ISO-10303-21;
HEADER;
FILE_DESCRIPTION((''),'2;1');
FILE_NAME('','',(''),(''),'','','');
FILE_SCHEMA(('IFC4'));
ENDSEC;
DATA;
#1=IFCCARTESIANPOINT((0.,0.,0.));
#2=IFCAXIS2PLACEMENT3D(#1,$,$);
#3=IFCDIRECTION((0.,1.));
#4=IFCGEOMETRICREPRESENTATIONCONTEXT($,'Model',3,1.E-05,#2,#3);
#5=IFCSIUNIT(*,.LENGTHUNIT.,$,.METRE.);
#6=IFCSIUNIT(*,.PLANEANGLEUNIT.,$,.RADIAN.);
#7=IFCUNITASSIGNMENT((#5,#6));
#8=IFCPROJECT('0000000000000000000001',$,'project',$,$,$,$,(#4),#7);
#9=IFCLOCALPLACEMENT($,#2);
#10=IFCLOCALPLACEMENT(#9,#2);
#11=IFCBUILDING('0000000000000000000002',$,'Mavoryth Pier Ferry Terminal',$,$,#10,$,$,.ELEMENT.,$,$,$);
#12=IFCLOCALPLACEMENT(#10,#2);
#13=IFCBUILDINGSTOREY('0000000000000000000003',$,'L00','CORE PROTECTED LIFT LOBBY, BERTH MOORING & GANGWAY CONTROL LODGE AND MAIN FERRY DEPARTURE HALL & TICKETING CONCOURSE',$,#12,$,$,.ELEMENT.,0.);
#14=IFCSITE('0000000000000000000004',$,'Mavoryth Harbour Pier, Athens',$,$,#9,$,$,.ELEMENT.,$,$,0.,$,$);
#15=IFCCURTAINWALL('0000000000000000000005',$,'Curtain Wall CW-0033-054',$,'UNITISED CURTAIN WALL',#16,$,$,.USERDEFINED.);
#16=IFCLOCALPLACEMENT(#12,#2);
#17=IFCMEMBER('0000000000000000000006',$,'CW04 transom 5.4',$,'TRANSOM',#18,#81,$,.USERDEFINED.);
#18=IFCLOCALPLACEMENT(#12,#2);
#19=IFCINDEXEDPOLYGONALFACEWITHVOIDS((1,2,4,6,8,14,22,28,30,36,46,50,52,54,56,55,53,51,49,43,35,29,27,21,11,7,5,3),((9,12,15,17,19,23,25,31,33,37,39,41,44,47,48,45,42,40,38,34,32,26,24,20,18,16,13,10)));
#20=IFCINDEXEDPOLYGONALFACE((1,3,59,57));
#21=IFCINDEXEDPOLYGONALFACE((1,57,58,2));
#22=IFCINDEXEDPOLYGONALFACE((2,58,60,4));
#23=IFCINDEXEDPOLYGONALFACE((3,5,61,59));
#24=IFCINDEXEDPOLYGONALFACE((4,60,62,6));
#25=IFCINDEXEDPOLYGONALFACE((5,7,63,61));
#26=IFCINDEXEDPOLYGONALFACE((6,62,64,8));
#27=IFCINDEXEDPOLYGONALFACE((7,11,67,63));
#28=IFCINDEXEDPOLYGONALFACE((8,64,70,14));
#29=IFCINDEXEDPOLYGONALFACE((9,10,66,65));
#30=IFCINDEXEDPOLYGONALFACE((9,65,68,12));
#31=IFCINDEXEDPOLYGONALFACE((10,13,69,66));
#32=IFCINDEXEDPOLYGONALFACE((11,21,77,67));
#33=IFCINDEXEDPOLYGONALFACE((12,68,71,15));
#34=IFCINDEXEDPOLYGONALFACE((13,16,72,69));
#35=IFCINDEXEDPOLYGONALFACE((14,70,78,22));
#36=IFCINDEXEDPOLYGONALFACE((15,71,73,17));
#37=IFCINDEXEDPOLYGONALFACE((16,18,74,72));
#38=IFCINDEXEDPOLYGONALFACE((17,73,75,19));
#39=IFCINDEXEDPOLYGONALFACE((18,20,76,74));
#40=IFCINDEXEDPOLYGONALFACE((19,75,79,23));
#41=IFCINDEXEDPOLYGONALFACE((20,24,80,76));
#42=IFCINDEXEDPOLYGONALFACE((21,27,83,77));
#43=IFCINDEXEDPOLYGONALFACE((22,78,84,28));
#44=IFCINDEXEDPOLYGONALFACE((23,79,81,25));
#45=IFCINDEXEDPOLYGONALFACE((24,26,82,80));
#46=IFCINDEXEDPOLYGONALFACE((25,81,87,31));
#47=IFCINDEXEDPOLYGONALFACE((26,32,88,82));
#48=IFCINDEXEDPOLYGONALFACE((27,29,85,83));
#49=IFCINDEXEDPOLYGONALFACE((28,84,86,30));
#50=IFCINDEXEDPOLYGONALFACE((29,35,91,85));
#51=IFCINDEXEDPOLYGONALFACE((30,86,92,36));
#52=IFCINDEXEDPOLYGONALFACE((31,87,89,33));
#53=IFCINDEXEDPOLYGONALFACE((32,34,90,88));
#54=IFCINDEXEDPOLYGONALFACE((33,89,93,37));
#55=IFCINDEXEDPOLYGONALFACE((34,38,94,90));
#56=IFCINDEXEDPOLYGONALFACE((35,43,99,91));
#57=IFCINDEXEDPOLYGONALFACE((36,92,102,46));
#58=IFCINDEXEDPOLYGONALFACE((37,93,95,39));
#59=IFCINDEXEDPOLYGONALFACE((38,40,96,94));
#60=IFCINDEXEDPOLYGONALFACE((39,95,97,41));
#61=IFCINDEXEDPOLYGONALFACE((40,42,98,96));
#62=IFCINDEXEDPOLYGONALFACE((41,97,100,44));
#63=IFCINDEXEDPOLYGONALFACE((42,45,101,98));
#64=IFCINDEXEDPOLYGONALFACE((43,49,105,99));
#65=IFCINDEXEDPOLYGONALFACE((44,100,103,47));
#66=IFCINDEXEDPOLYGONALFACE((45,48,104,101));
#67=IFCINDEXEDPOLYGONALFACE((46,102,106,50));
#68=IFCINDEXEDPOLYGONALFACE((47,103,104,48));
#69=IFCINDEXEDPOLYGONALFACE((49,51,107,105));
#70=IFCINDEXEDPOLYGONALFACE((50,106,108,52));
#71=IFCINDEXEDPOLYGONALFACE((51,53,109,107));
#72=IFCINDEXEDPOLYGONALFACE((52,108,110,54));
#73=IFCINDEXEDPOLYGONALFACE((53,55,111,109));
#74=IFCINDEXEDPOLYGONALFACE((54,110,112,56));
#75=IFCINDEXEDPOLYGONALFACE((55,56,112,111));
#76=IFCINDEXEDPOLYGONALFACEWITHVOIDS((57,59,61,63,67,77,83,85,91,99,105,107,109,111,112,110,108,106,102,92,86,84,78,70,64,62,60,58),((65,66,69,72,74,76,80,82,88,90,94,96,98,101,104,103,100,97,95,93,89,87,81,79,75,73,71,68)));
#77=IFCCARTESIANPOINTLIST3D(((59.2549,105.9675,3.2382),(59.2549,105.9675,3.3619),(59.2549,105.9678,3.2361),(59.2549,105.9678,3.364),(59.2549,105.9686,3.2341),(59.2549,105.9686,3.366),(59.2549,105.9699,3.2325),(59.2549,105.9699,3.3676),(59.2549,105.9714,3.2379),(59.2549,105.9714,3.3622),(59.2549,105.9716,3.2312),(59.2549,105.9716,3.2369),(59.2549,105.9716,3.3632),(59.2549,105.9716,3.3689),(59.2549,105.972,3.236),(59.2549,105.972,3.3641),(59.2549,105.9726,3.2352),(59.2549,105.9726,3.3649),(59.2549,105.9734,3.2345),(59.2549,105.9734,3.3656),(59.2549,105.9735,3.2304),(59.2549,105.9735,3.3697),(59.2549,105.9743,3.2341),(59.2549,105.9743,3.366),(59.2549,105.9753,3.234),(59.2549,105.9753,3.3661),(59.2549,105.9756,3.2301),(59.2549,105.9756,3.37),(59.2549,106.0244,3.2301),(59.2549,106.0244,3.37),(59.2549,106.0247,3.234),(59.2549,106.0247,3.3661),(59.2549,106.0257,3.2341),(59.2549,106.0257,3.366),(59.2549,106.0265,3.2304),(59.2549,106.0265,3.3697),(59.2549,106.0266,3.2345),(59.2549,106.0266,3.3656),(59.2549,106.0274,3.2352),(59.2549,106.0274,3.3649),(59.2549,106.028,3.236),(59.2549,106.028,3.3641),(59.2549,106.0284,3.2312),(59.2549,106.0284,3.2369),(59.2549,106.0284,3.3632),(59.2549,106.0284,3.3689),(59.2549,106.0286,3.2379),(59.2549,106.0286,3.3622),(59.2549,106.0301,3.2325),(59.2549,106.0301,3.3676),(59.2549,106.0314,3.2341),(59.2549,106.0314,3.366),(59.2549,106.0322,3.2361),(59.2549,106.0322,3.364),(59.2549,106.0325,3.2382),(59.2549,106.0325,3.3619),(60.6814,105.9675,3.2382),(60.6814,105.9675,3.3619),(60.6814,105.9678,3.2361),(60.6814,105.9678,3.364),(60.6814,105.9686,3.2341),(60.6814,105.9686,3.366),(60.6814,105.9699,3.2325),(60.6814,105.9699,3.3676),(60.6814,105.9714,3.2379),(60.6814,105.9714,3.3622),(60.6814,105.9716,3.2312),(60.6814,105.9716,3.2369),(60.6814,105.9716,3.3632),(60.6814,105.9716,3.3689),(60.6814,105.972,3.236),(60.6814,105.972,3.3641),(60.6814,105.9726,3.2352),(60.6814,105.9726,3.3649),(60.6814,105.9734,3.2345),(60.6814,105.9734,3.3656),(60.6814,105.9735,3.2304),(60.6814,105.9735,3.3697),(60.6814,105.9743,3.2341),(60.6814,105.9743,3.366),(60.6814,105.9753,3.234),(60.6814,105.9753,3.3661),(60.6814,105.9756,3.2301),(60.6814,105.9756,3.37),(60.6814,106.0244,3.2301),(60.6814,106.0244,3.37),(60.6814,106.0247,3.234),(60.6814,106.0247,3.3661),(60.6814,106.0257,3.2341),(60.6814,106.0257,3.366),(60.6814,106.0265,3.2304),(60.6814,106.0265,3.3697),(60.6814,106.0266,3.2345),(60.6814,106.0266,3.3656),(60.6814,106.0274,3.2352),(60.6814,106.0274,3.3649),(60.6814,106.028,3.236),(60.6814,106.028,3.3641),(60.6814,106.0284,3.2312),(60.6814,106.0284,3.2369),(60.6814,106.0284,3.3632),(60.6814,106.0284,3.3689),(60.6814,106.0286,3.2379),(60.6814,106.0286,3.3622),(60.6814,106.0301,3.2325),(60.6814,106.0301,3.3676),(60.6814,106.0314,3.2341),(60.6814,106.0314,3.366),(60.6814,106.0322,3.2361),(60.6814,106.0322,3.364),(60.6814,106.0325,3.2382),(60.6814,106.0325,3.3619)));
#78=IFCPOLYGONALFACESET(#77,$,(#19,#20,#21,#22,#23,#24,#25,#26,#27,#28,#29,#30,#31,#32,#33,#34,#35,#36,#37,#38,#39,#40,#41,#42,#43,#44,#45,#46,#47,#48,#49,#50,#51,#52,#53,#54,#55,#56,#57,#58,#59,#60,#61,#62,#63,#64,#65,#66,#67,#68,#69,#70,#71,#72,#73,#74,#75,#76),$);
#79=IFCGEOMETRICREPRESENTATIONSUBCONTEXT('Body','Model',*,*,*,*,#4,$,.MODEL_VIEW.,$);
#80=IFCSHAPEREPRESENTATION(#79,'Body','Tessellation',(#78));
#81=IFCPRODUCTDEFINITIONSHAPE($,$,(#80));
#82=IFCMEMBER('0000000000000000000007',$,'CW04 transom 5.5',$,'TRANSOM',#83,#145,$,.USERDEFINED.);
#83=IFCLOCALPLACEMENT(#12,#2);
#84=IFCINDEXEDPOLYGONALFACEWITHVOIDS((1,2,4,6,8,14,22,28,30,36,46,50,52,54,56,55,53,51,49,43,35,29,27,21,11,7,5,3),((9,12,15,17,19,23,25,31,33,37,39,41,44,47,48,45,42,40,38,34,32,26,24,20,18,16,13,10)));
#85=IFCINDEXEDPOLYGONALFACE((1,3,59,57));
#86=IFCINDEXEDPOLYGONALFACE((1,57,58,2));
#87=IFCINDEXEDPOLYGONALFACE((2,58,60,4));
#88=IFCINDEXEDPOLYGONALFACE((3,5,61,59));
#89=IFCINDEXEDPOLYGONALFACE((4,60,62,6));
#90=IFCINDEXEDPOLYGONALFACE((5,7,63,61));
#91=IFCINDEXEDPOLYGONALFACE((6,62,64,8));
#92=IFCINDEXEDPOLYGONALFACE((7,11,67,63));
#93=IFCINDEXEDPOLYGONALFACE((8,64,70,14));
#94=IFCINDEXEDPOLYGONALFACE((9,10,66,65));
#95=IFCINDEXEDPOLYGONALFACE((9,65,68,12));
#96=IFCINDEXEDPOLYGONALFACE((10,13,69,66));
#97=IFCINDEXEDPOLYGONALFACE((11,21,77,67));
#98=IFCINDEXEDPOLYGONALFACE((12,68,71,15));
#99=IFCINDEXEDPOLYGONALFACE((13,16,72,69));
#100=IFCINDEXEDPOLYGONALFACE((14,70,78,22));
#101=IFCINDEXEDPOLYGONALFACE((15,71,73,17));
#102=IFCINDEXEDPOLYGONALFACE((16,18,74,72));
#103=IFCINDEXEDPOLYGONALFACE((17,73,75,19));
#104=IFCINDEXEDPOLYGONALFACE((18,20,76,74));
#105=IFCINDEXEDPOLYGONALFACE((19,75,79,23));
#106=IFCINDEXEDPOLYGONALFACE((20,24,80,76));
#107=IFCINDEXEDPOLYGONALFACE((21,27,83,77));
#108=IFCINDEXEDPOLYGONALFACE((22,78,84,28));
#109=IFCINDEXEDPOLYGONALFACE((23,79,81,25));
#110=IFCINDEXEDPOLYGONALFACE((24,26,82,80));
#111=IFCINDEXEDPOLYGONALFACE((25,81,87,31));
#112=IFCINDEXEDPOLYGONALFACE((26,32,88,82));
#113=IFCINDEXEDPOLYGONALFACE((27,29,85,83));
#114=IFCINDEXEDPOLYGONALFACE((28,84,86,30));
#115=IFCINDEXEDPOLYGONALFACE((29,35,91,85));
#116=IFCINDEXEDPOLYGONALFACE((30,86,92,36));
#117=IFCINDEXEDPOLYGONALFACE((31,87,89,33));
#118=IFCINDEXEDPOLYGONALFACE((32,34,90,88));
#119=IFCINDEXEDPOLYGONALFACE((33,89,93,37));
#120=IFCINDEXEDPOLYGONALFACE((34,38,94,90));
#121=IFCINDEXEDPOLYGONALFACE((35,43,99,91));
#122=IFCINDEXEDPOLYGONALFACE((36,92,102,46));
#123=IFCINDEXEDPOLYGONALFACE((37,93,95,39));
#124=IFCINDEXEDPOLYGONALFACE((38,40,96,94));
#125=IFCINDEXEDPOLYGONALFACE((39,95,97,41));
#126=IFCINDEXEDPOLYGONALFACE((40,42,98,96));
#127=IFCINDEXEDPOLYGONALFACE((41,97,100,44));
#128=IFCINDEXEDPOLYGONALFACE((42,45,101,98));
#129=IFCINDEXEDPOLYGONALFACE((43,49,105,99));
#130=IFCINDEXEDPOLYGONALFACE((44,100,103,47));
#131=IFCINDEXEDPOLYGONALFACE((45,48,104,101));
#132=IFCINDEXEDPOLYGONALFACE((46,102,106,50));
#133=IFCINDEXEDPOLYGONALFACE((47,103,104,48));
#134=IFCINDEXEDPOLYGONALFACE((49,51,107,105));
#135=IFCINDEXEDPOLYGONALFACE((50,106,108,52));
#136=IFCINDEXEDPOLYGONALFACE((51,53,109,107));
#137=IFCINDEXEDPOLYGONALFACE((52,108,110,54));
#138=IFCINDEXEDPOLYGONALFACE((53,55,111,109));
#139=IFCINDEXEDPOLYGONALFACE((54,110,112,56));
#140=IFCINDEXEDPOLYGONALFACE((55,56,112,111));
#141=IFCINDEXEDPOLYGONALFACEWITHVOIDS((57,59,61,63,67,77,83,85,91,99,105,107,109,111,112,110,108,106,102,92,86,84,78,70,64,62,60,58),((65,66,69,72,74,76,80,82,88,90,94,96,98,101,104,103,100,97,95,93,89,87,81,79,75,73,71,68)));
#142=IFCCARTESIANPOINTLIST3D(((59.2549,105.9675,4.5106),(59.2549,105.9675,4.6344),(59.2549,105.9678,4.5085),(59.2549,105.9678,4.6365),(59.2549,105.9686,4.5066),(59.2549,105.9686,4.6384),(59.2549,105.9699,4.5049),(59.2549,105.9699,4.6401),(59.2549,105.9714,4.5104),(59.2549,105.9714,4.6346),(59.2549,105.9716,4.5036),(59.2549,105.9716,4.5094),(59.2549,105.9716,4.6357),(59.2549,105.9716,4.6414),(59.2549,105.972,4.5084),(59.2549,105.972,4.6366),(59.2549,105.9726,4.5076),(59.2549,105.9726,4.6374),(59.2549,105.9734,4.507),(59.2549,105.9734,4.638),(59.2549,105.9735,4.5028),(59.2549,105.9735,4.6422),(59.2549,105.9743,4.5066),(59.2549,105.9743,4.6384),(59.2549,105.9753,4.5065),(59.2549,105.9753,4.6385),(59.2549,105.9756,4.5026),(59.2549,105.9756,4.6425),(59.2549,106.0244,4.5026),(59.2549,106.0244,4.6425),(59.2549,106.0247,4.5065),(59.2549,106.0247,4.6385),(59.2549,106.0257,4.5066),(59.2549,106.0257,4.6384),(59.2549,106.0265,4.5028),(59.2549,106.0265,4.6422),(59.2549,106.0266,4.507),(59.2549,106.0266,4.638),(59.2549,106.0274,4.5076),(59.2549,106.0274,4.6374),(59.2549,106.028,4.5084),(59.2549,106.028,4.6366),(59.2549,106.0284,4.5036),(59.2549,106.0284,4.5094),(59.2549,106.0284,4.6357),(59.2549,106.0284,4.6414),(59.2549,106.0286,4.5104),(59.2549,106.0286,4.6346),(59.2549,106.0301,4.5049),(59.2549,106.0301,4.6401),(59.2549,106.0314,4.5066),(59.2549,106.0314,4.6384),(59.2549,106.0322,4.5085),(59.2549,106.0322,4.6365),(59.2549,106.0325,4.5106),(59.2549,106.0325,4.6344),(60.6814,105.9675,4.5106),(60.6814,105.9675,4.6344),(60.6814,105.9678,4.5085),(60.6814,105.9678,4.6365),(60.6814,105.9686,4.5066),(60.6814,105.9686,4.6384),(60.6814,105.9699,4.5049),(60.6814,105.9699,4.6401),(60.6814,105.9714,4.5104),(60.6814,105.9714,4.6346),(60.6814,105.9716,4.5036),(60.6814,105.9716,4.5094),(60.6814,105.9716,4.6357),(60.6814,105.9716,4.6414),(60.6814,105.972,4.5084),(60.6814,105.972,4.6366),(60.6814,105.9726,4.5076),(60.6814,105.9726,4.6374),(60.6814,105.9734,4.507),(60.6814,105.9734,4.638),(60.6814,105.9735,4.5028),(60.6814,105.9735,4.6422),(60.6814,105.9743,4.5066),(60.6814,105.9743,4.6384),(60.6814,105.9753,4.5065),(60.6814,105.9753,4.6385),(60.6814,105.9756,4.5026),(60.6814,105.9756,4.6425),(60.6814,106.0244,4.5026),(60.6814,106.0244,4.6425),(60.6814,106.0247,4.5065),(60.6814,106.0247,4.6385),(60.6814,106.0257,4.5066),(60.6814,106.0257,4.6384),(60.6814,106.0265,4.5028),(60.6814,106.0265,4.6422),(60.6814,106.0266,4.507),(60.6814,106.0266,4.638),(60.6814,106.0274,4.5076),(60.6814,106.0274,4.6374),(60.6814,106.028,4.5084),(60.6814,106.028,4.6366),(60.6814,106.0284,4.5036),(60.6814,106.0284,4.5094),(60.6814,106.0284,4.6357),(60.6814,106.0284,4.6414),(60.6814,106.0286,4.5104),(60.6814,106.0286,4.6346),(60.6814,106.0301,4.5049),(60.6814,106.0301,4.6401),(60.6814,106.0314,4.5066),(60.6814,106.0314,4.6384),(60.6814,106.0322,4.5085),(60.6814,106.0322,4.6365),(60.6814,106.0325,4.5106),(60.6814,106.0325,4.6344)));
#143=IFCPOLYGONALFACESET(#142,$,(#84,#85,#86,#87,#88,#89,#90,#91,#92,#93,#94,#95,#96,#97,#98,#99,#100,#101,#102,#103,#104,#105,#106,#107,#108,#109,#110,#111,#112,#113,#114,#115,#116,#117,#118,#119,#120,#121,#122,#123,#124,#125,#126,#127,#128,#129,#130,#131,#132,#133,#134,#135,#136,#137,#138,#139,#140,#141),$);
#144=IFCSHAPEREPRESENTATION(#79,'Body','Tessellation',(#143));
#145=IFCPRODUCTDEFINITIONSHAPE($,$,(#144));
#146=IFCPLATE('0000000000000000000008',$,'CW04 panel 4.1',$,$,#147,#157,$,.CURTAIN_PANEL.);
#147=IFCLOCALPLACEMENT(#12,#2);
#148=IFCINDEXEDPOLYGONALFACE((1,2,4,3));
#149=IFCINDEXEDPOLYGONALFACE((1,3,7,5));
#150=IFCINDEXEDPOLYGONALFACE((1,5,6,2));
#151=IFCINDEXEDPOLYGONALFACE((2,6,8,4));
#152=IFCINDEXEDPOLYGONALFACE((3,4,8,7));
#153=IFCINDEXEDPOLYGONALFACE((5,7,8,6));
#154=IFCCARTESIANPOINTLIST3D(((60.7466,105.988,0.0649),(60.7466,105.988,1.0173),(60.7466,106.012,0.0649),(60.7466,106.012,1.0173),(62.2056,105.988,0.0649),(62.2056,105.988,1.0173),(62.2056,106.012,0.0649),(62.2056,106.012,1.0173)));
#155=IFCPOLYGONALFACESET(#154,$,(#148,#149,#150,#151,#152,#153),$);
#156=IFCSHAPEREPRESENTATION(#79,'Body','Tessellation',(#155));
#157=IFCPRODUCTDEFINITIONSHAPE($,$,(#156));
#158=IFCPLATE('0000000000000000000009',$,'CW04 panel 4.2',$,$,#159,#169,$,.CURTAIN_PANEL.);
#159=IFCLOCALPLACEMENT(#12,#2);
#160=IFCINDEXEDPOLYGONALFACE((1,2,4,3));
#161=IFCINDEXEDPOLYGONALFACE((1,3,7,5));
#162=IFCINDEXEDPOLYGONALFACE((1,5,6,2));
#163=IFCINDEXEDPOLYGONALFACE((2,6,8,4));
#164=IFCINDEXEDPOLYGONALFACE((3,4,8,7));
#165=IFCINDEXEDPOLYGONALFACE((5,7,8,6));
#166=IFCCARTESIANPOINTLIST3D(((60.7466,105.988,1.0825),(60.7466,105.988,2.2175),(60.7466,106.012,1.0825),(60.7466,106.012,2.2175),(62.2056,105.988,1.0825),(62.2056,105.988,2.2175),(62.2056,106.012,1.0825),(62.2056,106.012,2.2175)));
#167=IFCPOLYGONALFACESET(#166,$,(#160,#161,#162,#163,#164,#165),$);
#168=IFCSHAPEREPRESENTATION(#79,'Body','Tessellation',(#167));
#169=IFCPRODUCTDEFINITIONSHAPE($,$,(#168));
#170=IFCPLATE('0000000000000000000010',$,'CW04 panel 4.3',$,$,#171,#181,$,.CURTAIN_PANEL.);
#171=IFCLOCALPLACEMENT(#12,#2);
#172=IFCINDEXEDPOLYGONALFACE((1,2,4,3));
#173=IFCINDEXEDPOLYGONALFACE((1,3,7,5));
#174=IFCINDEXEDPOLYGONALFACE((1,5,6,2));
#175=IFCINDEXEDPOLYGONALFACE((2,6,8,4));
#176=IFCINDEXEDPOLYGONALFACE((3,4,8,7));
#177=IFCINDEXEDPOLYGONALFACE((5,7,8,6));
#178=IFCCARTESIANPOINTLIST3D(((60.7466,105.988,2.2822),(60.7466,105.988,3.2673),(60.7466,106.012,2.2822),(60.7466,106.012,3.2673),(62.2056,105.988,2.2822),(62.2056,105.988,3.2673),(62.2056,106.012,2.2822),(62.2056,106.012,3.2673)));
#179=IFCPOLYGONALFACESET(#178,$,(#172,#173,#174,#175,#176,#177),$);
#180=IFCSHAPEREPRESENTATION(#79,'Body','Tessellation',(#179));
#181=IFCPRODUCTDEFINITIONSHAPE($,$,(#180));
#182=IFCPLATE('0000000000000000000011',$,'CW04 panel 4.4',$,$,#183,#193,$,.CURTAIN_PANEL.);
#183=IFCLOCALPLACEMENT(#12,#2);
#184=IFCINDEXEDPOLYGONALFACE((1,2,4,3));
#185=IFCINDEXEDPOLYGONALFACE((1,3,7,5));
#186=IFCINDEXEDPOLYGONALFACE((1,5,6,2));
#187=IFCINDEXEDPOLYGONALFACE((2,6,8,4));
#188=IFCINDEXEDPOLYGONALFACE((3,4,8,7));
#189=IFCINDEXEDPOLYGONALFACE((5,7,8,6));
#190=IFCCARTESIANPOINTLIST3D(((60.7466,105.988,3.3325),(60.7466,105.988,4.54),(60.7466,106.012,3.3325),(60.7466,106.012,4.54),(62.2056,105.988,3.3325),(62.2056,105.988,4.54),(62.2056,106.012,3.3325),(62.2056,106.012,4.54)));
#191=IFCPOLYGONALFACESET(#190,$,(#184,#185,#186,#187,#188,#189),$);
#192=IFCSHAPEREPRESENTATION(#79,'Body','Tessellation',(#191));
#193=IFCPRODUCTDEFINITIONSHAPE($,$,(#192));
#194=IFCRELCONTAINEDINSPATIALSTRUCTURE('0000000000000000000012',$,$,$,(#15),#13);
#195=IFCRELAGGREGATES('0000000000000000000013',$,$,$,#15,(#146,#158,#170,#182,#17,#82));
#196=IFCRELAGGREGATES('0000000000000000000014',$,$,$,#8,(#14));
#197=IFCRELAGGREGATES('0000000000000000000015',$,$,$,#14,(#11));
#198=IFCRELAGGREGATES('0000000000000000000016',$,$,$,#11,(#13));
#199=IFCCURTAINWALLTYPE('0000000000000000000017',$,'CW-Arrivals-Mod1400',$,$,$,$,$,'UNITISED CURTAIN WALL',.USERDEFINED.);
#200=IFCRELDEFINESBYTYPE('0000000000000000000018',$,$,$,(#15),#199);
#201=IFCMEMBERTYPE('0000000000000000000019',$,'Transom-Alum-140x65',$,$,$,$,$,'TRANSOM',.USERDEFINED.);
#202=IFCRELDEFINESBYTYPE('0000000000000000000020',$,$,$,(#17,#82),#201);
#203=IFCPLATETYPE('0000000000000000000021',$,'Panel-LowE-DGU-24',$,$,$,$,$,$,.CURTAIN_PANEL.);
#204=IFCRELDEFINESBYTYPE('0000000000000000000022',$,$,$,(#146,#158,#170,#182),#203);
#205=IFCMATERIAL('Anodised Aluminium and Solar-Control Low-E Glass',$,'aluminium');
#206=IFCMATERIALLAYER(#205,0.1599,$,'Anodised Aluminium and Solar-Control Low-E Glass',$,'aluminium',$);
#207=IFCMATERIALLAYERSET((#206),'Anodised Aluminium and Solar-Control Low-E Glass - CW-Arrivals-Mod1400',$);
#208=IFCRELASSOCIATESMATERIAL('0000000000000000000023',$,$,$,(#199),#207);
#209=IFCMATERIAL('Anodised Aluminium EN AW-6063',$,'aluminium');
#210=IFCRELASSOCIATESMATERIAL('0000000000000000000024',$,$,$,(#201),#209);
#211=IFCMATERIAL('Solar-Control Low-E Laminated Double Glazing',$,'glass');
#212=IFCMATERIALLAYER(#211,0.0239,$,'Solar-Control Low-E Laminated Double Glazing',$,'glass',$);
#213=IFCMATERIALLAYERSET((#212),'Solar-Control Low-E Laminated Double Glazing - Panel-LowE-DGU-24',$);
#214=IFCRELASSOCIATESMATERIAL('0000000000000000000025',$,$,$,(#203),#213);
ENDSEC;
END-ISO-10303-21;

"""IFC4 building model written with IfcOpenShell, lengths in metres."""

from ifc_helpers import new_model, si_unit, direction, frame, origin, origin_2d, place, context, subcontext, project, spatial, rectangle, hollow_rectangle, extrude, material, layer, layer_set, material_profile, profile_set, type_object, element, aggregate, save


model = new_model("IFC4")

# Units and contexts
model_context = context("Model", 3, precision=1e-05, world=origin(), true_north=direction((0.0, 1.0)))
body_context = subcontext(model_context, "Body", "Model", "MODEL_VIEW")
ifc_project = project(units=[si_unit("LENGTHUNIT", "METRE"), si_unit("PLANEANGLEUNIT", "RADIAN")], contexts=[model_context])

# Site, building, storey
site_placement = place(None, origin())
site = spatial("IfcSite", under=ifc_project, at=site_placement, Name="Mavoryth Harbour Pier, Athens", CompositionType="ELEMENT", RefElevation=0.0)
building_placement = place(site_placement, origin())
building = spatial("IfcBuilding", under=site, at=building_placement, Name="Mavoryth Pier Ferry Terminal", CompositionType="ELEMENT")
storey_placement = place(building_placement, origin())
storey = spatial("IfcBuildingStorey", under=building, at=storey_placement, Name="L00", Description="CORE PROTECTED LIFT LOBBY, BERTH MOORING & GANGWAY CONTROL LODGE AND MAIN FERRY DEPARTURE HALL & TICKETING CONCOURSE", CompositionType="ELEMENT", Elevation=0.0)

# Curtain wall, members, plates
ifc_material_1 = material(Name="Anodised Aluminium and Solar-Control Low-E Glass", Category="aluminium")
ifc_layer_1 = layer(ifc_material_1, 0.1599, Name="Anodised Aluminium and Solar-Control Low-E Glass", Category="aluminium")
ifc_layer_set_1 = layer_set([ifc_layer_1], Name="Anodised Aluminium and Solar-Control Low-E Glass - CW-Arrivals-Mod1400")
curtain_wall_type = type_object("IfcCurtainWallType", Name="CW-Arrivals-Mod1400", ElementType="UNITISED CURTAIN WALL", PredefinedType="USERDEFINED", material=ifc_layer_set_1)
curtain_wall_placement = place(storey_placement, origin())
curtain_wall = element("IfcCurtainWall", 1, at=curtain_wall_placement, inside=storey, type_object=curtain_wall_type, Name="Curtain Wall CW-0033-054", ObjectType="UNITISED CURTAIN WALL", PredefinedType="USERDEFINED")
ifc_material_2 = material(Name="Anodised Aluminium EN AW-6063", Category="aluminium")
ifc_material_profile_1 = material_profile(ifc_material_2, hollow_rectangle(XDim=0.0649, YDim=0.1399, WallThickness=0.0039, InnerFilletRadius=0.0039, OuterFilletRadius=0.0081, at=origin_2d()), Name="AL-TRAN 140x65x4", Category="aluminium")
ifc_profile_set_1 = profile_set([ifc_material_profile_1], Name="Anodised Aluminium EN AW-6063 - AL-TRAN 140x65x4")
member_type_1 = type_object("IfcMemberType", Name="Transom-Alum-140x65", ElementType="TRANSOM", PredefinedType="USERDEFINED", material=ifc_profile_set_1)
member_1_placement = place(storey_placement, frame((60.6814, 106.0, 3.3), z_axis=(-1.0, 0.0, 0.0), x_axis=(0.0, -1.0, 0.0)))
member_1 = element("IfcMember", 2, at=member_1_placement, type_object=member_type_1, Name="CW04 transom 5.4", ObjectType="TRANSOM", PredefinedType="USERDEFINED", context=body_context, shape_type="SweptSolid", body=[
    extrude(hollow_rectangle(XDim=0.0649, YDim=0.1399, WallThickness=0.0039, InnerFilletRadius=0.0039, OuterFilletRadius=0.0081, at=origin_2d()), origin(), (0.0, 0.0, 1.0), 1.4265),
])
member_2_placement = place(storey_placement, frame((60.6814, 106.0, 4.5725), z_axis=(-1.0, 0.0, 0.0), x_axis=(0.0, -1.0, 0.0)))
member_2 = element("IfcMember", 3, at=member_2_placement, type_object=member_type_1, Name="CW04 transom 5.5", ObjectType="TRANSOM", PredefinedType="USERDEFINED", context=body_context, shape_type="SweptSolid", body=[
    extrude(hollow_rectangle(XDim=0.0649, YDim=0.1399, WallThickness=0.0039, InnerFilletRadius=0.0039, OuterFilletRadius=0.0081, at=origin_2d()), origin(), (0.0, 0.0, 1.0), 1.4265),
])
ifc_material_3 = material(Name="Solar-Control Low-E Laminated Double Glazing", Category="glass")
ifc_layer_2 = layer(ifc_material_3, 0.0239, Name="Solar-Control Low-E Laminated Double Glazing", Category="glass")
ifc_layer_set_2 = layer_set([ifc_layer_2], Name="Solar-Control Low-E Laminated Double Glazing - Panel-LowE-DGU-24")
plate_type = type_object("IfcPlateType", Name="Panel-LowE-DGU-24", PredefinedType="CURTAIN_PANEL", material=ifc_layer_set_2)
plate_1_placement = place(storey_placement, frame((61.4761, 106.0, 0.0649), z_axis=(0.0, 0.0, 1.0), x_axis=(-1.0, 0.0, 0.0)))
plate_1 = element("IfcPlate", 4, at=plate_1_placement, type_object=plate_type, Name="CW04 panel 4.1", PredefinedType="CURTAIN_PANEL", context=body_context, shape_type="SweptSolid", body=[
    extrude(rectangle(XDim=1.459, YDim=0.0239, at=origin_2d()), origin(), (0.0, 0.0, 1.0), 0.9524),
])
plate_2_placement = place(storey_placement, frame((61.4761, 106.0, 1.0825), z_axis=(0.0, 0.0, 1.0), x_axis=(-1.0, 0.0, 0.0)))
plate_2 = element("IfcPlate", 5, at=plate_2_placement, type_object=plate_type, Name="CW04 panel 4.2", PredefinedType="CURTAIN_PANEL", context=body_context, shape_type="SweptSolid", body=[
    extrude(rectangle(XDim=1.459, YDim=0.0239, at=origin_2d()), origin(), (0.0, 0.0, 1.0), 1.135),
])
plate_3_placement = place(storey_placement, frame((61.4761, 106.0, 2.2822), z_axis=(0.0, 0.0, 1.0), x_axis=(-1.0, 0.0, 0.0)))
plate_3 = element("IfcPlate", 6, at=plate_3_placement, type_object=plate_type, Name="CW04 panel 4.3", PredefinedType="CURTAIN_PANEL", context=body_context, shape_type="SweptSolid", body=[
    extrude(rectangle(XDim=1.459, YDim=0.0239, at=origin_2d()), origin(), (0.0, 0.0, 1.0), 0.9851),
])
plate_4_placement = place(storey_placement, frame((61.4761, 106.0, 3.3325), z_axis=(0.0, 0.0, 1.0), x_axis=(-1.0, 0.0, 0.0)))
plate_4 = element("IfcPlate", 7, at=plate_4_placement, type_object=plate_type, Name="CW04 panel 4.4", PredefinedType="CURTAIN_PANEL", context=body_context, shape_type="SweptSolid", body=[
    extrude(rectangle(XDim=1.459, YDim=0.0239, at=origin_2d()), origin(), (0.0, 0.0, 1.0), 1.2075),
])
aggregate(curtain_wall, [plate_1, plate_2, plate_3, plate_4, member_1, member_2])

save(model, "model.ifc")
